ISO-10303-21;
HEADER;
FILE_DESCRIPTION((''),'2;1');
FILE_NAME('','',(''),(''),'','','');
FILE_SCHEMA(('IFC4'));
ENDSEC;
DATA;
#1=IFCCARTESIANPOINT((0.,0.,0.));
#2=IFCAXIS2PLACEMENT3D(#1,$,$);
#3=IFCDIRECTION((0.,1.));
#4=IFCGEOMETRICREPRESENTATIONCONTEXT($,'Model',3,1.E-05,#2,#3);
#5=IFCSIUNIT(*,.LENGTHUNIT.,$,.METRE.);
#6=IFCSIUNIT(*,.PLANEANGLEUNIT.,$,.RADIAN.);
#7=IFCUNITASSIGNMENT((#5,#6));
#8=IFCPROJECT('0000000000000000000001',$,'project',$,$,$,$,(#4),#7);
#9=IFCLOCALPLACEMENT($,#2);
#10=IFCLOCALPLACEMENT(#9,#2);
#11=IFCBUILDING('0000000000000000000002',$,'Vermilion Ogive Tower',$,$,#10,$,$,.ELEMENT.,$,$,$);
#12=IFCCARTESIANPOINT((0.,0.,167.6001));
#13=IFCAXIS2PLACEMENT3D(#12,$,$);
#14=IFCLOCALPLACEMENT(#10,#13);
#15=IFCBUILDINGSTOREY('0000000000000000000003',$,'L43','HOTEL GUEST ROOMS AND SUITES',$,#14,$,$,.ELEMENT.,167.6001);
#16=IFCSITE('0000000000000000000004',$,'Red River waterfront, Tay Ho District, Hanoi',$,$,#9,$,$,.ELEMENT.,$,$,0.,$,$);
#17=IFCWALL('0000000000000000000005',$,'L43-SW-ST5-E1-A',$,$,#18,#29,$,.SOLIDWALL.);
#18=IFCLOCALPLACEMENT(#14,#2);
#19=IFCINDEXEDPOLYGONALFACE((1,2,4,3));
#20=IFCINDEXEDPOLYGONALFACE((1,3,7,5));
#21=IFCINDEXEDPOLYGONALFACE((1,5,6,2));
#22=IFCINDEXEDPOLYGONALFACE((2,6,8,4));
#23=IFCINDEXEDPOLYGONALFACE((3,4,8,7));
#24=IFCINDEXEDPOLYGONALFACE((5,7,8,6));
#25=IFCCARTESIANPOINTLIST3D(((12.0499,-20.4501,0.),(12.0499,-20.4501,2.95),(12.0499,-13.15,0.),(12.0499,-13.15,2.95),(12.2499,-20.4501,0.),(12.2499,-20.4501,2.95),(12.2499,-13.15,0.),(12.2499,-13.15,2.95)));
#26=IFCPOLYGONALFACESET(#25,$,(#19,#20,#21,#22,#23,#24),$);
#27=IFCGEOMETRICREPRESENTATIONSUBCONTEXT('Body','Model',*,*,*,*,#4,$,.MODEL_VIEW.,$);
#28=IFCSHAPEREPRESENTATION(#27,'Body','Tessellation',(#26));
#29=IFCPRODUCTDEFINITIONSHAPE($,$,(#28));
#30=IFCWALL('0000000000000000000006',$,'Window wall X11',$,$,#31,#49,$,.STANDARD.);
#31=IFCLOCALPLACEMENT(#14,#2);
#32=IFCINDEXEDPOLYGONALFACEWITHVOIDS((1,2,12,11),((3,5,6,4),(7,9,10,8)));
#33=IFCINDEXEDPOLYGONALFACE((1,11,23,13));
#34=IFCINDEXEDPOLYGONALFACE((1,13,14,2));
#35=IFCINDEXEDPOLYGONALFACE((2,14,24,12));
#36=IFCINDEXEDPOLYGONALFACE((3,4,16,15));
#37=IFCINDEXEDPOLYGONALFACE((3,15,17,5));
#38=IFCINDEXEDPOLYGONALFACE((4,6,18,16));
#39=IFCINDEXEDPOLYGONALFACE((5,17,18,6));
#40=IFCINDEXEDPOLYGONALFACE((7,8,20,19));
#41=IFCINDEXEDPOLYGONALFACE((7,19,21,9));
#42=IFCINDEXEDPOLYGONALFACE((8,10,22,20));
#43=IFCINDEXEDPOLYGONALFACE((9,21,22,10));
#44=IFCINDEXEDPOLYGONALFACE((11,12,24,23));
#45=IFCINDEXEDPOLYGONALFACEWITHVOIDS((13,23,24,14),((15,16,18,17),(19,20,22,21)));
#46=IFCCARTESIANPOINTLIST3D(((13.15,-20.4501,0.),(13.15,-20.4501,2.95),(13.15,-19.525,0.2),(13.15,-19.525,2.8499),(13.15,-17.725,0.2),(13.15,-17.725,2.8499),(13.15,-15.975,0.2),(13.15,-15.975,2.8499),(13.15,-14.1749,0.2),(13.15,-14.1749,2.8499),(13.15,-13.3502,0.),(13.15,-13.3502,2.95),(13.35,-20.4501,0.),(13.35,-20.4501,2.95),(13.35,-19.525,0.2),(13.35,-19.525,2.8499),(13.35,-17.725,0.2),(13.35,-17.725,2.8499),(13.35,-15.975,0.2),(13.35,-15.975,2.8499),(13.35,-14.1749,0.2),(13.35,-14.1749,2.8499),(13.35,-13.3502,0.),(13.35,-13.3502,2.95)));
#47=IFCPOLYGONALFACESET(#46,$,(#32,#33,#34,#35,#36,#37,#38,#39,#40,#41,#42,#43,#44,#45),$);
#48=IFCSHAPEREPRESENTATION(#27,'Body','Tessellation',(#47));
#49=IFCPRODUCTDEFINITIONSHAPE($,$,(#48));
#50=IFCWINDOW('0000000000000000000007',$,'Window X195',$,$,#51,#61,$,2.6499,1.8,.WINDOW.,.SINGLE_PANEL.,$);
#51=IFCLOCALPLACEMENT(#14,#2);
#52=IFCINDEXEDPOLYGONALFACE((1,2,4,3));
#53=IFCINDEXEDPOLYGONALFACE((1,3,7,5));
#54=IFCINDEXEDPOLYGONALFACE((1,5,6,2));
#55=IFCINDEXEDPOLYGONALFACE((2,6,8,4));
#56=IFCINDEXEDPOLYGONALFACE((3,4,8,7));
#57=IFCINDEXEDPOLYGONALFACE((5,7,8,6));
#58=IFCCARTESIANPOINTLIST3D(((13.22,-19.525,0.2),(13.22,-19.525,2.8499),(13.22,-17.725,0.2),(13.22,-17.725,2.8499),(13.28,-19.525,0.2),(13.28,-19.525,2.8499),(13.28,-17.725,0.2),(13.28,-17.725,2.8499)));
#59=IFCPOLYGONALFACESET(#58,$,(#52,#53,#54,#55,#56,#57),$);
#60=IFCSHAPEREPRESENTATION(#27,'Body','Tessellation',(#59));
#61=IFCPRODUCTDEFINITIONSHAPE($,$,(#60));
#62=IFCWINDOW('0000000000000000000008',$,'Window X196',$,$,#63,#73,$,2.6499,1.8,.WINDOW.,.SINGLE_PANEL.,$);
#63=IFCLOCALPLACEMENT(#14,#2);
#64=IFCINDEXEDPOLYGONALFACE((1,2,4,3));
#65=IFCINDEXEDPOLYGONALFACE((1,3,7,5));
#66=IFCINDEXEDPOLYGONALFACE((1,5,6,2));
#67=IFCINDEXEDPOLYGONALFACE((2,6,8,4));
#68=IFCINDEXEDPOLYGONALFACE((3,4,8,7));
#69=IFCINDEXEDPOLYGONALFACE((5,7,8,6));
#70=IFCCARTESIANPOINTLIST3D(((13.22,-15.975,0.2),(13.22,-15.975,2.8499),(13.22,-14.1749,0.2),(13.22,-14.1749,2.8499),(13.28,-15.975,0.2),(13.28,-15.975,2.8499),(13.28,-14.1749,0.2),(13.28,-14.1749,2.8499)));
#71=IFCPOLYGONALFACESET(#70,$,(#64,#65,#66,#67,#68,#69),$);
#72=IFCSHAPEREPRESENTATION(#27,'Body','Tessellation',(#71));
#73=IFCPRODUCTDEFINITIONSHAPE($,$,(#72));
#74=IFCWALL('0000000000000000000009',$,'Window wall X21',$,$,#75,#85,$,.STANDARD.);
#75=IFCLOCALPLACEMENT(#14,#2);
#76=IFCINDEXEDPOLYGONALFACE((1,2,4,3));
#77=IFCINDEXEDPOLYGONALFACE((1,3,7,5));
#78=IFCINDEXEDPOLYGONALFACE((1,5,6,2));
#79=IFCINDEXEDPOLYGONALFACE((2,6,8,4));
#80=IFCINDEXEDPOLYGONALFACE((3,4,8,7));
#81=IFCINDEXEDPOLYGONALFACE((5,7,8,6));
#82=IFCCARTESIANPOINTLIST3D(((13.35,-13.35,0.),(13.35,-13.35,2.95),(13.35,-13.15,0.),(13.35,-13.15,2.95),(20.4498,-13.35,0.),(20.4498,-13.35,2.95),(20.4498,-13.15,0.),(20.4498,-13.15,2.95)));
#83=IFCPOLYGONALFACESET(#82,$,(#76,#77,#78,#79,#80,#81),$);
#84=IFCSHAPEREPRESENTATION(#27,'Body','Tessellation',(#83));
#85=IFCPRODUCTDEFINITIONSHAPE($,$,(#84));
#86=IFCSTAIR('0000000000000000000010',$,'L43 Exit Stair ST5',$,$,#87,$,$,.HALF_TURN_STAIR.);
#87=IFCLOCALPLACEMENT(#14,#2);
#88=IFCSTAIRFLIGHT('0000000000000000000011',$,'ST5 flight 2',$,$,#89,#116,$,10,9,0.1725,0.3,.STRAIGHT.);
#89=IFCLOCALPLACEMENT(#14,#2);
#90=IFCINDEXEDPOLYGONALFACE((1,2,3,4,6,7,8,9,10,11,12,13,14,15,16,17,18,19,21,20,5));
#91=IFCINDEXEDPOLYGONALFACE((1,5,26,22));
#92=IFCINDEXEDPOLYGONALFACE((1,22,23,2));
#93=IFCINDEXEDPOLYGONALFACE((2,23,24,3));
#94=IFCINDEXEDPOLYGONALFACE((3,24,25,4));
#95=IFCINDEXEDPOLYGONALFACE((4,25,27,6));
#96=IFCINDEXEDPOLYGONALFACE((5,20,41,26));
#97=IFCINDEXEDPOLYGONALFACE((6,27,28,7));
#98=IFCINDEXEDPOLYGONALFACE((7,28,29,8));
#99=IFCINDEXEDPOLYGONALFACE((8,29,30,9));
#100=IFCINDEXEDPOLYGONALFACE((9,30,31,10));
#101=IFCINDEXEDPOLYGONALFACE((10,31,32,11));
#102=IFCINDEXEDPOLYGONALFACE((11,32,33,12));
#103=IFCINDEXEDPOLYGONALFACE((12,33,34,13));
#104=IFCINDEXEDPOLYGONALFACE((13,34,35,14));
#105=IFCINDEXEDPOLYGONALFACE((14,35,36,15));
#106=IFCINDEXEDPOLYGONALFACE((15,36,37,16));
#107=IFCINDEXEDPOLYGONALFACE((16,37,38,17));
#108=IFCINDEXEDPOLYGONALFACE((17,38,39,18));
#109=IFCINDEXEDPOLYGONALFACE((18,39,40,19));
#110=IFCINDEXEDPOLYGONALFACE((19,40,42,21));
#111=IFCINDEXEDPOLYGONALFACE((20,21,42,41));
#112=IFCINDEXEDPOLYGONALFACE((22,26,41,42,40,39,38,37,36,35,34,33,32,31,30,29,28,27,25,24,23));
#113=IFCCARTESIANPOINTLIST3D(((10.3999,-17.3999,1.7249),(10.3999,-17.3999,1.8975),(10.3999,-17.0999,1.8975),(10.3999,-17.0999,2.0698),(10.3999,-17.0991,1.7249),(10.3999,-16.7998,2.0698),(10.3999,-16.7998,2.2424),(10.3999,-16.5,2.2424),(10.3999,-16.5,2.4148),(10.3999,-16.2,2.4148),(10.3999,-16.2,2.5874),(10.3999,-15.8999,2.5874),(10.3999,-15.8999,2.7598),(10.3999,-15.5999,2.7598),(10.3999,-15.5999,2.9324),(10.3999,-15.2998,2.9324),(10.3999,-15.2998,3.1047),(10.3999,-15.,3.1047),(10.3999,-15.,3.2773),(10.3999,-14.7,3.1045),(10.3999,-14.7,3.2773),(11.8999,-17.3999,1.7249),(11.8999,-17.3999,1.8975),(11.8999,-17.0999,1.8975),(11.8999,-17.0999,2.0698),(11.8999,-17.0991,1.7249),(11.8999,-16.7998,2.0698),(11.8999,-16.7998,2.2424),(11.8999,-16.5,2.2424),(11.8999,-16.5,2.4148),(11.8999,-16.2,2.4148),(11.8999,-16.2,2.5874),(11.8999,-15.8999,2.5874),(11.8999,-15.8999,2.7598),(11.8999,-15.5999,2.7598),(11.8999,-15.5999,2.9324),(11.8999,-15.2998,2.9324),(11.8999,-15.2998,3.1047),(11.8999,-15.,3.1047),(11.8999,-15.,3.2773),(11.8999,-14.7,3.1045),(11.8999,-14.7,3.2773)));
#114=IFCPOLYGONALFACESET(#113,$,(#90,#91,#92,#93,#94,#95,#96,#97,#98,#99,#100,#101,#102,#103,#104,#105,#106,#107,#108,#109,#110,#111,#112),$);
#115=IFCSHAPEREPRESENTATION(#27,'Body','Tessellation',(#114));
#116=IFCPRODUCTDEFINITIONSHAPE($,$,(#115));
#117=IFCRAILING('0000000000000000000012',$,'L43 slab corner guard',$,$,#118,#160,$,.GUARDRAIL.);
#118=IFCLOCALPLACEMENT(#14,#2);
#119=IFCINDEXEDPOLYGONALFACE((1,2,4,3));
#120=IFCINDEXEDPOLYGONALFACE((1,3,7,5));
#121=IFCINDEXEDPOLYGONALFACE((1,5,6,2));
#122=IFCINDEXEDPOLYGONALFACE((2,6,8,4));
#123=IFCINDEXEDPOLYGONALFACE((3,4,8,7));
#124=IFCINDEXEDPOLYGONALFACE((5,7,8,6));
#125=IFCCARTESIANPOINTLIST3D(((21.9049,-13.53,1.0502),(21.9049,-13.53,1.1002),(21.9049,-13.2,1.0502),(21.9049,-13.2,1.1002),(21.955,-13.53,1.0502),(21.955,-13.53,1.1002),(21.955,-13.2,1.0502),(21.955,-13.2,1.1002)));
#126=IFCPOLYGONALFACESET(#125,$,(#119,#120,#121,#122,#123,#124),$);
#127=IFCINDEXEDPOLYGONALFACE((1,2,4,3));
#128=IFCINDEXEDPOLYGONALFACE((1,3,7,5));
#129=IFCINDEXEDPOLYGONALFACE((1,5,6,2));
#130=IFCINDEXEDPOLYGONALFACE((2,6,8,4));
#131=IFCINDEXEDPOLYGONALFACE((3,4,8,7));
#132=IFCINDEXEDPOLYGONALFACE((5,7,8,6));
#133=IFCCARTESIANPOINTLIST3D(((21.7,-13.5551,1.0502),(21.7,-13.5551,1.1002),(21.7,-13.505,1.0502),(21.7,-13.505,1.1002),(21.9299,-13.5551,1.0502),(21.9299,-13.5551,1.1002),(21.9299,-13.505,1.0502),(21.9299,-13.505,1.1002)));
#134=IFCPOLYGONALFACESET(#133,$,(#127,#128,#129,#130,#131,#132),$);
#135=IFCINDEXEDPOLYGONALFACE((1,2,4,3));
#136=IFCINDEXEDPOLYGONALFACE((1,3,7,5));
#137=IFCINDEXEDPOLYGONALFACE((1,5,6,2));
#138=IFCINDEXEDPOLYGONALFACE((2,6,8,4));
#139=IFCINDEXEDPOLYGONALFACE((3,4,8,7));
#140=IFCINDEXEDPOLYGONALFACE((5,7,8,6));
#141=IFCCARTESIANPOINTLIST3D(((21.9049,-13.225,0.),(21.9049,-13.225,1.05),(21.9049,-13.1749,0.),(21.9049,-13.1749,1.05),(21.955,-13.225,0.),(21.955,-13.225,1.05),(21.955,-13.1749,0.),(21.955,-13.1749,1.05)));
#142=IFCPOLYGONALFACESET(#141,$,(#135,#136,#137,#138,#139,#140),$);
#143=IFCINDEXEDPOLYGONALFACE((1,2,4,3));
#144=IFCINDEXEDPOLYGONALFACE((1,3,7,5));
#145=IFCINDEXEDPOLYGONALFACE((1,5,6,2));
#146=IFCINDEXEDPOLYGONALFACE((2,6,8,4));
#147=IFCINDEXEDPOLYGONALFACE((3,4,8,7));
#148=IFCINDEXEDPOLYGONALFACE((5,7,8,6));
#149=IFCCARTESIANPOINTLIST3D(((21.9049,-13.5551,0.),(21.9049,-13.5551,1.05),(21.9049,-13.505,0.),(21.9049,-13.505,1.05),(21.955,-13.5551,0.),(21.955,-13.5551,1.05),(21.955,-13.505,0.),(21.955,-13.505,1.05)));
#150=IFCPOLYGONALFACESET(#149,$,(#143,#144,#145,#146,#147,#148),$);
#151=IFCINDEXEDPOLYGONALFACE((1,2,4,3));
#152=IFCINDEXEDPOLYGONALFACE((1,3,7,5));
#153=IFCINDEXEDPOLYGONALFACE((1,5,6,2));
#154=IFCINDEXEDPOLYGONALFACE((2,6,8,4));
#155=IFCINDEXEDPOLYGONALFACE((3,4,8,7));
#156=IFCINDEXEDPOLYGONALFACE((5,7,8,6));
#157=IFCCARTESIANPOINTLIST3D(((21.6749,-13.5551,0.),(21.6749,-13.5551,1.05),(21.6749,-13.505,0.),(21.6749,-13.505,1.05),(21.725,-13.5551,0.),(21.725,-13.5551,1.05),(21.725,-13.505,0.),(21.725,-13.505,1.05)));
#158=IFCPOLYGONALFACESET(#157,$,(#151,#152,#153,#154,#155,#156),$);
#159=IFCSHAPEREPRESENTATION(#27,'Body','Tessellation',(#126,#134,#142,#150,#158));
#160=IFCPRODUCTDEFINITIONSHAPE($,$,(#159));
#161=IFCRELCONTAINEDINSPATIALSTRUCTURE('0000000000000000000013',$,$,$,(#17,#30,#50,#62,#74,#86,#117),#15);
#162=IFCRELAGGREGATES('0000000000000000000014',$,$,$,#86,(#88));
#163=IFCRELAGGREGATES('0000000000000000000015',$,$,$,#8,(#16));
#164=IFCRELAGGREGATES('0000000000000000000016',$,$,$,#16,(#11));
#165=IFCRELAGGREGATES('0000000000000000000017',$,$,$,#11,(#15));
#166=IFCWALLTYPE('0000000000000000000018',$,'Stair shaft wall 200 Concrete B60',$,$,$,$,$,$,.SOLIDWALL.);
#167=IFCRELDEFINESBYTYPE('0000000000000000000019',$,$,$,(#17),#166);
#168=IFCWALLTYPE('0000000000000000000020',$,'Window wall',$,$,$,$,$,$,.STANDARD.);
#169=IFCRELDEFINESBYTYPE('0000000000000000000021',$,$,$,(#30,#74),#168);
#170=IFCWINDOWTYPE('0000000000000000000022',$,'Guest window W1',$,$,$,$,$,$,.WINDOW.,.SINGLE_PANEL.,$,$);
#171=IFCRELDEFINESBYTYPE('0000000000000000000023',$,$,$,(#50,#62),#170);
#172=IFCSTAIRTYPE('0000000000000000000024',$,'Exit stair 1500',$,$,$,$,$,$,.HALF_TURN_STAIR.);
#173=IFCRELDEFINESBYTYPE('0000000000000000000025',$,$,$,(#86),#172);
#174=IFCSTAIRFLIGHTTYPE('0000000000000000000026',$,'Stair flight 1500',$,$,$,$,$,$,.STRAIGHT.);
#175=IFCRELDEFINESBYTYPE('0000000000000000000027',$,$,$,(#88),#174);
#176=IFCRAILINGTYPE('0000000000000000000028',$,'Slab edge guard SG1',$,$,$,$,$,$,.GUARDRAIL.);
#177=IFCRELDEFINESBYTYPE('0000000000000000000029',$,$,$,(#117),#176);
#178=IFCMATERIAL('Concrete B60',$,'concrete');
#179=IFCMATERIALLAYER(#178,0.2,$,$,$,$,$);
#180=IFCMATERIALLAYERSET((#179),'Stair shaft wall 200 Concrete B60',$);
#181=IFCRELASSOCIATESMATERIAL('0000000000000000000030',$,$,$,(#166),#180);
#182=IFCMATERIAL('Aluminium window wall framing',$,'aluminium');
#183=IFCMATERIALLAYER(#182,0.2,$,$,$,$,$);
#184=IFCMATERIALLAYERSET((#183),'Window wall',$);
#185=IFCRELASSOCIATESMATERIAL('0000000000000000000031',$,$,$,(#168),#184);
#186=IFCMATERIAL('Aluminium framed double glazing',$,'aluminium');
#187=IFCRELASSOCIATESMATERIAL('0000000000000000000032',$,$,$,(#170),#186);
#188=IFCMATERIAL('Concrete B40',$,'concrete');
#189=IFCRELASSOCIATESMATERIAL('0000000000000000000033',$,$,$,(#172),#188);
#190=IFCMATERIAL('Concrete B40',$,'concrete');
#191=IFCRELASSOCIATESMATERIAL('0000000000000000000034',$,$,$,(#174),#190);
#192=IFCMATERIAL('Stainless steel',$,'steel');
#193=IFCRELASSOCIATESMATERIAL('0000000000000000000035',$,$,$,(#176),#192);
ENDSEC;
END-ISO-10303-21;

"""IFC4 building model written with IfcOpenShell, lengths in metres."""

from ifc_helpers import new_model, si_unit, direction, frame, frame_2d, origin, origin_2d, place, context, subcontext, project, spatial, polyline, rectangle, outline, extrude, material, layer, layer_set, type_object, element, fill, aggregate, save


model = new_model("IFC4")

# Units and contexts
model_context = context("Model", 3, precision=1e-05, world=origin(), true_north=direction((0.0, 1.0)))
body_context = subcontext(model_context, "Body", "Model", "MODEL_VIEW")
ifc_project = project(units=[si_unit("LENGTHUNIT", "METRE"), si_unit("PLANEANGLEUNIT", "RADIAN")], contexts=[model_context])

# Site, building, storey
site_placement = place(None, origin())
site = spatial("IfcSite", under=ifc_project, at=site_placement, Name="Red River waterfront, Tay Ho District, Hanoi", CompositionType="ELEMENT", RefElevation=0.0)
building_placement = place(site_placement, origin())
building = spatial("IfcBuilding", under=site, at=building_placement, Name="Vermilion Ogive Tower", CompositionType="ELEMENT")
storey_placement = place(building_placement, frame((0.0, 0.0, 167.6001)))
storey = spatial("IfcBuildingStorey", under=building, at=storey_placement, Name="L43", Description="HOTEL GUEST ROOMS AND SUITES", CompositionType="ELEMENT", Elevation=167.6001)

# Wall
ifc_material_1 = material(Name="Concrete B60", Category="concrete")
ifc_layer_1 = layer(ifc_material_1, 0.2)
ifc_layer_set_1 = layer_set([ifc_layer_1], Name="Stair shaft wall 200 Concrete B60")
wall_type_1 = type_object("IfcWallType", Name="Stair shaft wall 200 Concrete B60", PredefinedType="SOLIDWALL", material=ifc_layer_set_1)
wall_1_placement = place(storey_placement, frame((12.1499, -20.45, 0.0), z_axis=(0.0, 0.0, 1.0), x_axis=(0.0, 1.0, 0.0)))
element("IfcWall", 1, at=wall_1_placement, inside=storey, type_object=wall_type_1, Name="L43-SW-ST5-E1-A", PredefinedType="SOLIDWALL", context=body_context, shape_type="SweptSolid", body=[
    extrude(rectangle(XDim=7.3, YDim=0.2, at=frame_2d((3.6499, 0.0))), origin(), (0.0, 0.0, 1.0), 2.95),
])

# Wall, openings, windows
ifc_material_2 = material(Name="Aluminium window wall framing", Category="aluminium")
ifc_layer_2 = layer(ifc_material_2, 0.2)
ifc_layer_set_2 = layer_set([ifc_layer_2], Name="Window wall")
wall_type_2 = type_object("IfcWallType", Name="Window wall", PredefinedType="STANDARD", material=ifc_layer_set_2)
wall_2_placement = place(storey_placement, frame((13.25, -20.45, 0.0), z_axis=(0.0, 0.0, 1.0), x_axis=(0.0, 1.0, 0.0)))
wall_2 = element("IfcWall", 2, at=wall_2_placement, inside=storey, type_object=wall_type_2, Name="Window wall X11", PredefinedType="STANDARD", context=body_context, shape_type="SweptSolid", body=[
    extrude(rectangle(XDim=7.0999, YDim=0.2, at=frame_2d((3.5498, 0.0))), origin(), (0.0, 0.0, 1.0), 2.95),
])
opening_1_placement = place(wall_2_placement, frame((0.925, 0.0, 0.2)))
opening_1 = element("IfcOpeningElement", 3, at=opening_1_placement, cuts=wall_2, PredefinedType="OPENING", context=body_context, shape_type="SweptSolid", body=[
    extrude(rectangle(XDim=1.8, YDim=2.6499, at=frame_2d((0.8999, 1.325))), frame((0.0, 0.1099, 0.0), z_axis=(0.0, -1.0, 0.0), x_axis=(1.0, 0.0, 0.0)), (0.0, 0.0, 1.0), 0.22),
])
opening_2_placement = place(wall_2_placement, frame((4.4751, 0.0, 0.2)))
opening_2 = element("IfcOpeningElement", 4, at=opening_2_placement, cuts=wall_2, PredefinedType="OPENING", context=body_context, shape_type="SweptSolid", body=[
    extrude(rectangle(XDim=1.8, YDim=2.6499, at=frame_2d((0.8999, 1.325))), frame((0.0, 0.1099, 0.0), z_axis=(0.0, -1.0, 0.0), x_axis=(1.0, 0.0, 0.0)), (0.0, 0.0, 1.0), 0.22),
])
ifc_material_3 = material(Name="Aluminium framed double glazing", Category="aluminium")
window_type = type_object("IfcWindowType", Name="Guest window W1", PartitioningType="SINGLE_PANEL", PredefinedType="WINDOW", material=ifc_material_3)
window_1_placement = place(opening_1_placement, origin())
window_1 = element("IfcWindow", 5, at=window_1_placement, inside=storey, type_object=window_type, Name="Window X195", OverallHeight=2.6499, OverallWidth=1.8, PartitioningType="SINGLE_PANEL", PredefinedType="WINDOW", context=body_context, shape_type="SweptSolid", body=[
    extrude(rectangle(XDim=1.8, YDim=2.6499, at=frame_2d((0.8999, 1.325))), frame((0.0, 0.03, 0.0), z_axis=(0.0, -1.0, 0.0), x_axis=(1.0, 0.0, 0.0)), (0.0, 0.0, 1.0), 0.0601),
])
fill(opening_1, window_1)
window_2_placement = place(opening_2_placement, origin())
window_2 = element("IfcWindow", 6, at=window_2_placement, inside=storey, type_object=window_type, Name="Window X196", OverallHeight=2.6499, OverallWidth=1.8, PartitioningType="SINGLE_PANEL", PredefinedType="WINDOW", context=body_context, shape_type="SweptSolid", body=[
    extrude(rectangle(XDim=1.8, YDim=2.6499, at=frame_2d((0.8999, 1.325))), frame((0.0, 0.03, 0.0), z_axis=(0.0, -1.0, 0.0), x_axis=(1.0, 0.0, 0.0)), (0.0, 0.0, 1.0), 0.0601),
])
fill(opening_2, window_2)

# Wall
wall_3_placement = place(storey_placement, frame((13.3501, -13.25, 0.0), z_axis=(0.0, 0.0, 1.0), x_axis=(1.0, 0.0, 0.0)))
element("IfcWall", 7, at=wall_3_placement, inside=storey, type_object=wall_type_2, Name="Window wall X21", PredefinedType="STANDARD", context=body_context, shape_type="SweptSolid", body=[
    extrude(rectangle(XDim=7.0999, YDim=0.2, at=frame_2d((3.5498, 0.0))), origin(), (0.0, 0.0, 1.0), 2.95),
])

# Stair, stair flight
ifc_material_4 = material(Name="Concrete B40", Category="concrete")
stair_type = type_object("IfcStairType", Name="Exit stair 1500", PredefinedType="HALF_TURN_STAIR", material=ifc_material_4)
stair_placement = place(storey_placement, origin())
stair = element("IfcStair", 8, at=stair_placement, inside=storey, type_object=stair_type, Name="L43 Exit Stair ST5", PredefinedType="HALF_TURN_STAIR")
ifc_material_5 = material(Name="Concrete B40", Category="concrete")
stair_flight_type = type_object("IfcStairFlightType", Name="Stair flight 1500", PredefinedType="STRAIGHT", material=ifc_material_5)
stair_flight_placement = place(storey_placement, frame((11.1499, -17.3999, 1.7249), z_axis=(0.0, 0.0, 1.0), x_axis=(0.0, 1.0, 0.0)))
stair_flight = element("IfcStairFlight", 9, at=stair_flight_placement, type_object=stair_flight_type, Name="ST5 flight 2", NumberOfRisers=10, NumberOfTreads=9, PredefinedType="STRAIGHT", RiserHeight=0.1725, TreadLength=0.3, context=body_context, shape_type="SweptSolid", body=[
    extrude(outline(polyline([(0.0, 0.0), (0.0, 0.1726), (0.3, 0.1726), (0.3, 0.345), (0.6001, 0.345), (0.6001, 0.5176), (0.8999, 0.5176), (0.8999, 0.6899), (1.2, 0.6899), (1.2, 0.8625), (1.5, 0.8625), (1.5, 1.0349), (1.8, 1.0349), (1.8, 1.2075), (2.1001, 1.2075), (2.1001, 1.3799), (2.3999, 1.3799), (2.3999, 1.5525), (2.7, 1.5525), (2.7, 1.7251), (2.7, 1.3796), (0.3008, 0.0), (0.0, 0.0)])), frame((0.0, 0.75, 0.0), z_axis=(0.0, -1.0, 0.0), x_axis=(1.0, 0.0, 0.0)), (0.0, 0.0, 1.0), 1.5),
])
aggregate(stair, [stair_flight])

# Railing
ifc_material_6 = material(Name="Stainless steel", Category="steel")
railing_type_1 = type_object("IfcRailingType", Name="Slab edge guard SG1", PredefinedType="GUARDRAIL", material=ifc_material_6)
railing_1_placement = place(storey_placement, frame((21.9299, -13.2, 0.0)))
element("IfcRailing", 10, at=railing_1_placement, inside=storey, type_object=railing_type_1, Name="L43 slab corner guard", PredefinedType="GUARDRAIL", context=body_context, shape_type="SweptSolid", body=[
    extrude(rectangle(XDim=0.05, YDim=0.05, at=origin_2d()), frame((0.0, 0.0, 1.0752), z_axis=(0.0, -1.0, 0.0), x_axis=(1.0, 0.0, 0.0)), (0.0, 0.0, 1.0), 0.3301),
    extrude(rectangle(XDim=0.05, YDim=0.05, at=origin_2d()), frame((0.0, -0.3301, 1.0752), z_axis=(-1.0, 0.0, 0.0), x_axis=(0.0, -1.0, 0.0)), (0.0, 0.0, 1.0), 0.23),
    extrude(rectangle(XDim=0.05, YDim=0.05, at=origin_2d()), origin(), (0.0, 0.0, 1.0), 1.05),
    extrude(rectangle(XDim=0.05, YDim=0.05, at=origin_2d()), frame((0.0, -0.3301, 0.0)), (0.0, 0.0, 1.0), 1.05),
    extrude(rectangle(XDim=0.05, YDim=0.05, at=origin_2d()), frame((-0.23, -0.3301, 0.0)), (0.0, 0.0, 1.0), 1.05),
])

save(model, "model.ifc")
